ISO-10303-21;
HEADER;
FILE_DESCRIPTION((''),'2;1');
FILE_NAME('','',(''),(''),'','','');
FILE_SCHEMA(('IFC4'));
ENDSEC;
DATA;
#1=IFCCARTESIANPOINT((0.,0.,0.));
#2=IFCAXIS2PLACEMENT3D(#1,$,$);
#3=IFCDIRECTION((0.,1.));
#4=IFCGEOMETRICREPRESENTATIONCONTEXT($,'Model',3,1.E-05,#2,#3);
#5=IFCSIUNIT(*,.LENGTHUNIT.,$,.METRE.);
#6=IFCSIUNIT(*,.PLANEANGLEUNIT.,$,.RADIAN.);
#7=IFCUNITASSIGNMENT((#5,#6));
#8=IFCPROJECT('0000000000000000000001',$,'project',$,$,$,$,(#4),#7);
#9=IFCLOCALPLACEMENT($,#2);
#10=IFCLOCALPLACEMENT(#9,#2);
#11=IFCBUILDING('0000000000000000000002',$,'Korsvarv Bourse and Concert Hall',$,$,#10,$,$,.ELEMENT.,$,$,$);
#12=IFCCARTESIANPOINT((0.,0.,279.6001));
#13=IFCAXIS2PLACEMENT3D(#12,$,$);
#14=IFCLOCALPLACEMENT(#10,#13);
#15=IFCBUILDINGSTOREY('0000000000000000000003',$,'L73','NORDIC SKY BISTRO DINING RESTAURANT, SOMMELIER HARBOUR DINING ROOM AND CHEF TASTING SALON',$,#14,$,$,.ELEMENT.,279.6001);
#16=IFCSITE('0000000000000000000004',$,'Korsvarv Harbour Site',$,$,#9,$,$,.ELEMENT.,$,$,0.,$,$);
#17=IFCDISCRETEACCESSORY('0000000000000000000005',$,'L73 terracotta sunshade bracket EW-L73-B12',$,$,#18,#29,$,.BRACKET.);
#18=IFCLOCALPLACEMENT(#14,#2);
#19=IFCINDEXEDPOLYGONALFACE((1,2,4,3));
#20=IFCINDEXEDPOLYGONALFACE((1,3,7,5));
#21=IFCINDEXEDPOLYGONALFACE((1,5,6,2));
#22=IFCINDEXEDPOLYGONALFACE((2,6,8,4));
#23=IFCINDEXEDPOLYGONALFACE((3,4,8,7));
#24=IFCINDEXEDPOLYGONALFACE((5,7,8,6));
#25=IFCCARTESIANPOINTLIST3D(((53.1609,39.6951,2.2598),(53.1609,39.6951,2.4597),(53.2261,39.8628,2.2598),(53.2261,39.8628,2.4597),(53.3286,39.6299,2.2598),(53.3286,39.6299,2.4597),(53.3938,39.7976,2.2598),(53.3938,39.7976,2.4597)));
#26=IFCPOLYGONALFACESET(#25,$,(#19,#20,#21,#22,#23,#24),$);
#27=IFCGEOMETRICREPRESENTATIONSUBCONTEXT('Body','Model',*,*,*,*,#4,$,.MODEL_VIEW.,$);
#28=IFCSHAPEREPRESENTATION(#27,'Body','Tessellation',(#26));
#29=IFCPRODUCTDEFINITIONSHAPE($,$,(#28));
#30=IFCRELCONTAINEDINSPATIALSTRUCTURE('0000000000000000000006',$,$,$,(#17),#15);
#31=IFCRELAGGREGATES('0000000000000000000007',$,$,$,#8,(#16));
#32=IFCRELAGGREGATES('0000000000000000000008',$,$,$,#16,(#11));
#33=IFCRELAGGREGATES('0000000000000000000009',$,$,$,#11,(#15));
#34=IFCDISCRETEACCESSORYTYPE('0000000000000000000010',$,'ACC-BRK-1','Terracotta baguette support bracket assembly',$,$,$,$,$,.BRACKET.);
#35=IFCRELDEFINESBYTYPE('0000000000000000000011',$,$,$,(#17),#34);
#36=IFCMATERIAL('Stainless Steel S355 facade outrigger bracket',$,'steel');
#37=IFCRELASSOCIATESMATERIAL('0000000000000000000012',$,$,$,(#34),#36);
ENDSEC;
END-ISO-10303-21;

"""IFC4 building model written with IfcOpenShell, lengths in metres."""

from ifc_helpers import new_model, si_unit, direction, frame, origin, origin_2d, place, context, subcontext, project, spatial, rectangle, extrude, source, transform, mapped, material, type_object, element, save


model = new_model("IFC4")

# Units and contexts
model_context = context("Model", 3, precision=1e-05, world=origin(), true_north=direction((0.0, 1.0)))
body_context = subcontext(model_context, "Body", "Model", "MODEL_VIEW")
ifc_project = project(units=[si_unit("LENGTHUNIT", "METRE"), si_unit("PLANEANGLEUNIT", "RADIAN")], contexts=[model_context])

# Site, building, storey
site_placement = place(None, origin())
site = spatial("IfcSite", under=ifc_project, at=site_placement, Name="Korsvarv Harbour Site", CompositionType="ELEMENT", RefElevation=0.0)
building_placement = place(site_placement, origin())
building = spatial("IfcBuilding", under=site, at=building_placement, Name="Korsvarv Bourse and Concert Hall", CompositionType="ELEMENT")
storey_placement = place(building_placement, frame((0.0, 0.0, 279.6001)))
storey = spatial("IfcBuildingStorey", under=building, at=storey_placement, Name="L73", Description="NORDIC SKY BISTRO DINING RESTAURANT, SOMMELIER HARBOUR DINING ROOM AND CHEF TASTING SALON", CompositionType="ELEMENT", Elevation=279.6001)

# Discrete accessory
ifc_material_1 = material(Name="Stainless Steel S355 facade outrigger bracket", Category="steel")
discrete_accessory_type = type_object("IfcDiscreteAccessoryType", Name="ACC-BRK-1", Description="Terracotta baguette support bracket assembly", PredefinedType="BRACKET", material=ifc_material_1)
shared_shape_1 = source(origin(), body_context, "Body", "SweptSolid", [
    extrude(rectangle(XDim=0.1799, YDim=0.1799, at=origin_2d()), origin(), (0.0, 0.0, 1.0), 0.2),
])
for number, where, z_axis, x_axis, name in (
    (1, (53.2773, 39.7463, 2.2598), (0.0, 0.0, 1.0), (0.362601, 0.931945, 0.0), "L73 terracotta sunshade bracket EW-L73-B12"),
):
    element("IfcDiscreteAccessory", number, at=place(storey_placement, frame(where, z_axis=z_axis, x_axis=x_axis)), inside=storey, type_object=discrete_accessory_type, Name=name, PredefinedType="BRACKET", context=body_context, shape_type="MappedRepresentation", body=[
        mapped(shared_shape_1, transform((0.0, 0.0, 0.0), scale=1.0)),
    ])

save(model, "model.ifc")
